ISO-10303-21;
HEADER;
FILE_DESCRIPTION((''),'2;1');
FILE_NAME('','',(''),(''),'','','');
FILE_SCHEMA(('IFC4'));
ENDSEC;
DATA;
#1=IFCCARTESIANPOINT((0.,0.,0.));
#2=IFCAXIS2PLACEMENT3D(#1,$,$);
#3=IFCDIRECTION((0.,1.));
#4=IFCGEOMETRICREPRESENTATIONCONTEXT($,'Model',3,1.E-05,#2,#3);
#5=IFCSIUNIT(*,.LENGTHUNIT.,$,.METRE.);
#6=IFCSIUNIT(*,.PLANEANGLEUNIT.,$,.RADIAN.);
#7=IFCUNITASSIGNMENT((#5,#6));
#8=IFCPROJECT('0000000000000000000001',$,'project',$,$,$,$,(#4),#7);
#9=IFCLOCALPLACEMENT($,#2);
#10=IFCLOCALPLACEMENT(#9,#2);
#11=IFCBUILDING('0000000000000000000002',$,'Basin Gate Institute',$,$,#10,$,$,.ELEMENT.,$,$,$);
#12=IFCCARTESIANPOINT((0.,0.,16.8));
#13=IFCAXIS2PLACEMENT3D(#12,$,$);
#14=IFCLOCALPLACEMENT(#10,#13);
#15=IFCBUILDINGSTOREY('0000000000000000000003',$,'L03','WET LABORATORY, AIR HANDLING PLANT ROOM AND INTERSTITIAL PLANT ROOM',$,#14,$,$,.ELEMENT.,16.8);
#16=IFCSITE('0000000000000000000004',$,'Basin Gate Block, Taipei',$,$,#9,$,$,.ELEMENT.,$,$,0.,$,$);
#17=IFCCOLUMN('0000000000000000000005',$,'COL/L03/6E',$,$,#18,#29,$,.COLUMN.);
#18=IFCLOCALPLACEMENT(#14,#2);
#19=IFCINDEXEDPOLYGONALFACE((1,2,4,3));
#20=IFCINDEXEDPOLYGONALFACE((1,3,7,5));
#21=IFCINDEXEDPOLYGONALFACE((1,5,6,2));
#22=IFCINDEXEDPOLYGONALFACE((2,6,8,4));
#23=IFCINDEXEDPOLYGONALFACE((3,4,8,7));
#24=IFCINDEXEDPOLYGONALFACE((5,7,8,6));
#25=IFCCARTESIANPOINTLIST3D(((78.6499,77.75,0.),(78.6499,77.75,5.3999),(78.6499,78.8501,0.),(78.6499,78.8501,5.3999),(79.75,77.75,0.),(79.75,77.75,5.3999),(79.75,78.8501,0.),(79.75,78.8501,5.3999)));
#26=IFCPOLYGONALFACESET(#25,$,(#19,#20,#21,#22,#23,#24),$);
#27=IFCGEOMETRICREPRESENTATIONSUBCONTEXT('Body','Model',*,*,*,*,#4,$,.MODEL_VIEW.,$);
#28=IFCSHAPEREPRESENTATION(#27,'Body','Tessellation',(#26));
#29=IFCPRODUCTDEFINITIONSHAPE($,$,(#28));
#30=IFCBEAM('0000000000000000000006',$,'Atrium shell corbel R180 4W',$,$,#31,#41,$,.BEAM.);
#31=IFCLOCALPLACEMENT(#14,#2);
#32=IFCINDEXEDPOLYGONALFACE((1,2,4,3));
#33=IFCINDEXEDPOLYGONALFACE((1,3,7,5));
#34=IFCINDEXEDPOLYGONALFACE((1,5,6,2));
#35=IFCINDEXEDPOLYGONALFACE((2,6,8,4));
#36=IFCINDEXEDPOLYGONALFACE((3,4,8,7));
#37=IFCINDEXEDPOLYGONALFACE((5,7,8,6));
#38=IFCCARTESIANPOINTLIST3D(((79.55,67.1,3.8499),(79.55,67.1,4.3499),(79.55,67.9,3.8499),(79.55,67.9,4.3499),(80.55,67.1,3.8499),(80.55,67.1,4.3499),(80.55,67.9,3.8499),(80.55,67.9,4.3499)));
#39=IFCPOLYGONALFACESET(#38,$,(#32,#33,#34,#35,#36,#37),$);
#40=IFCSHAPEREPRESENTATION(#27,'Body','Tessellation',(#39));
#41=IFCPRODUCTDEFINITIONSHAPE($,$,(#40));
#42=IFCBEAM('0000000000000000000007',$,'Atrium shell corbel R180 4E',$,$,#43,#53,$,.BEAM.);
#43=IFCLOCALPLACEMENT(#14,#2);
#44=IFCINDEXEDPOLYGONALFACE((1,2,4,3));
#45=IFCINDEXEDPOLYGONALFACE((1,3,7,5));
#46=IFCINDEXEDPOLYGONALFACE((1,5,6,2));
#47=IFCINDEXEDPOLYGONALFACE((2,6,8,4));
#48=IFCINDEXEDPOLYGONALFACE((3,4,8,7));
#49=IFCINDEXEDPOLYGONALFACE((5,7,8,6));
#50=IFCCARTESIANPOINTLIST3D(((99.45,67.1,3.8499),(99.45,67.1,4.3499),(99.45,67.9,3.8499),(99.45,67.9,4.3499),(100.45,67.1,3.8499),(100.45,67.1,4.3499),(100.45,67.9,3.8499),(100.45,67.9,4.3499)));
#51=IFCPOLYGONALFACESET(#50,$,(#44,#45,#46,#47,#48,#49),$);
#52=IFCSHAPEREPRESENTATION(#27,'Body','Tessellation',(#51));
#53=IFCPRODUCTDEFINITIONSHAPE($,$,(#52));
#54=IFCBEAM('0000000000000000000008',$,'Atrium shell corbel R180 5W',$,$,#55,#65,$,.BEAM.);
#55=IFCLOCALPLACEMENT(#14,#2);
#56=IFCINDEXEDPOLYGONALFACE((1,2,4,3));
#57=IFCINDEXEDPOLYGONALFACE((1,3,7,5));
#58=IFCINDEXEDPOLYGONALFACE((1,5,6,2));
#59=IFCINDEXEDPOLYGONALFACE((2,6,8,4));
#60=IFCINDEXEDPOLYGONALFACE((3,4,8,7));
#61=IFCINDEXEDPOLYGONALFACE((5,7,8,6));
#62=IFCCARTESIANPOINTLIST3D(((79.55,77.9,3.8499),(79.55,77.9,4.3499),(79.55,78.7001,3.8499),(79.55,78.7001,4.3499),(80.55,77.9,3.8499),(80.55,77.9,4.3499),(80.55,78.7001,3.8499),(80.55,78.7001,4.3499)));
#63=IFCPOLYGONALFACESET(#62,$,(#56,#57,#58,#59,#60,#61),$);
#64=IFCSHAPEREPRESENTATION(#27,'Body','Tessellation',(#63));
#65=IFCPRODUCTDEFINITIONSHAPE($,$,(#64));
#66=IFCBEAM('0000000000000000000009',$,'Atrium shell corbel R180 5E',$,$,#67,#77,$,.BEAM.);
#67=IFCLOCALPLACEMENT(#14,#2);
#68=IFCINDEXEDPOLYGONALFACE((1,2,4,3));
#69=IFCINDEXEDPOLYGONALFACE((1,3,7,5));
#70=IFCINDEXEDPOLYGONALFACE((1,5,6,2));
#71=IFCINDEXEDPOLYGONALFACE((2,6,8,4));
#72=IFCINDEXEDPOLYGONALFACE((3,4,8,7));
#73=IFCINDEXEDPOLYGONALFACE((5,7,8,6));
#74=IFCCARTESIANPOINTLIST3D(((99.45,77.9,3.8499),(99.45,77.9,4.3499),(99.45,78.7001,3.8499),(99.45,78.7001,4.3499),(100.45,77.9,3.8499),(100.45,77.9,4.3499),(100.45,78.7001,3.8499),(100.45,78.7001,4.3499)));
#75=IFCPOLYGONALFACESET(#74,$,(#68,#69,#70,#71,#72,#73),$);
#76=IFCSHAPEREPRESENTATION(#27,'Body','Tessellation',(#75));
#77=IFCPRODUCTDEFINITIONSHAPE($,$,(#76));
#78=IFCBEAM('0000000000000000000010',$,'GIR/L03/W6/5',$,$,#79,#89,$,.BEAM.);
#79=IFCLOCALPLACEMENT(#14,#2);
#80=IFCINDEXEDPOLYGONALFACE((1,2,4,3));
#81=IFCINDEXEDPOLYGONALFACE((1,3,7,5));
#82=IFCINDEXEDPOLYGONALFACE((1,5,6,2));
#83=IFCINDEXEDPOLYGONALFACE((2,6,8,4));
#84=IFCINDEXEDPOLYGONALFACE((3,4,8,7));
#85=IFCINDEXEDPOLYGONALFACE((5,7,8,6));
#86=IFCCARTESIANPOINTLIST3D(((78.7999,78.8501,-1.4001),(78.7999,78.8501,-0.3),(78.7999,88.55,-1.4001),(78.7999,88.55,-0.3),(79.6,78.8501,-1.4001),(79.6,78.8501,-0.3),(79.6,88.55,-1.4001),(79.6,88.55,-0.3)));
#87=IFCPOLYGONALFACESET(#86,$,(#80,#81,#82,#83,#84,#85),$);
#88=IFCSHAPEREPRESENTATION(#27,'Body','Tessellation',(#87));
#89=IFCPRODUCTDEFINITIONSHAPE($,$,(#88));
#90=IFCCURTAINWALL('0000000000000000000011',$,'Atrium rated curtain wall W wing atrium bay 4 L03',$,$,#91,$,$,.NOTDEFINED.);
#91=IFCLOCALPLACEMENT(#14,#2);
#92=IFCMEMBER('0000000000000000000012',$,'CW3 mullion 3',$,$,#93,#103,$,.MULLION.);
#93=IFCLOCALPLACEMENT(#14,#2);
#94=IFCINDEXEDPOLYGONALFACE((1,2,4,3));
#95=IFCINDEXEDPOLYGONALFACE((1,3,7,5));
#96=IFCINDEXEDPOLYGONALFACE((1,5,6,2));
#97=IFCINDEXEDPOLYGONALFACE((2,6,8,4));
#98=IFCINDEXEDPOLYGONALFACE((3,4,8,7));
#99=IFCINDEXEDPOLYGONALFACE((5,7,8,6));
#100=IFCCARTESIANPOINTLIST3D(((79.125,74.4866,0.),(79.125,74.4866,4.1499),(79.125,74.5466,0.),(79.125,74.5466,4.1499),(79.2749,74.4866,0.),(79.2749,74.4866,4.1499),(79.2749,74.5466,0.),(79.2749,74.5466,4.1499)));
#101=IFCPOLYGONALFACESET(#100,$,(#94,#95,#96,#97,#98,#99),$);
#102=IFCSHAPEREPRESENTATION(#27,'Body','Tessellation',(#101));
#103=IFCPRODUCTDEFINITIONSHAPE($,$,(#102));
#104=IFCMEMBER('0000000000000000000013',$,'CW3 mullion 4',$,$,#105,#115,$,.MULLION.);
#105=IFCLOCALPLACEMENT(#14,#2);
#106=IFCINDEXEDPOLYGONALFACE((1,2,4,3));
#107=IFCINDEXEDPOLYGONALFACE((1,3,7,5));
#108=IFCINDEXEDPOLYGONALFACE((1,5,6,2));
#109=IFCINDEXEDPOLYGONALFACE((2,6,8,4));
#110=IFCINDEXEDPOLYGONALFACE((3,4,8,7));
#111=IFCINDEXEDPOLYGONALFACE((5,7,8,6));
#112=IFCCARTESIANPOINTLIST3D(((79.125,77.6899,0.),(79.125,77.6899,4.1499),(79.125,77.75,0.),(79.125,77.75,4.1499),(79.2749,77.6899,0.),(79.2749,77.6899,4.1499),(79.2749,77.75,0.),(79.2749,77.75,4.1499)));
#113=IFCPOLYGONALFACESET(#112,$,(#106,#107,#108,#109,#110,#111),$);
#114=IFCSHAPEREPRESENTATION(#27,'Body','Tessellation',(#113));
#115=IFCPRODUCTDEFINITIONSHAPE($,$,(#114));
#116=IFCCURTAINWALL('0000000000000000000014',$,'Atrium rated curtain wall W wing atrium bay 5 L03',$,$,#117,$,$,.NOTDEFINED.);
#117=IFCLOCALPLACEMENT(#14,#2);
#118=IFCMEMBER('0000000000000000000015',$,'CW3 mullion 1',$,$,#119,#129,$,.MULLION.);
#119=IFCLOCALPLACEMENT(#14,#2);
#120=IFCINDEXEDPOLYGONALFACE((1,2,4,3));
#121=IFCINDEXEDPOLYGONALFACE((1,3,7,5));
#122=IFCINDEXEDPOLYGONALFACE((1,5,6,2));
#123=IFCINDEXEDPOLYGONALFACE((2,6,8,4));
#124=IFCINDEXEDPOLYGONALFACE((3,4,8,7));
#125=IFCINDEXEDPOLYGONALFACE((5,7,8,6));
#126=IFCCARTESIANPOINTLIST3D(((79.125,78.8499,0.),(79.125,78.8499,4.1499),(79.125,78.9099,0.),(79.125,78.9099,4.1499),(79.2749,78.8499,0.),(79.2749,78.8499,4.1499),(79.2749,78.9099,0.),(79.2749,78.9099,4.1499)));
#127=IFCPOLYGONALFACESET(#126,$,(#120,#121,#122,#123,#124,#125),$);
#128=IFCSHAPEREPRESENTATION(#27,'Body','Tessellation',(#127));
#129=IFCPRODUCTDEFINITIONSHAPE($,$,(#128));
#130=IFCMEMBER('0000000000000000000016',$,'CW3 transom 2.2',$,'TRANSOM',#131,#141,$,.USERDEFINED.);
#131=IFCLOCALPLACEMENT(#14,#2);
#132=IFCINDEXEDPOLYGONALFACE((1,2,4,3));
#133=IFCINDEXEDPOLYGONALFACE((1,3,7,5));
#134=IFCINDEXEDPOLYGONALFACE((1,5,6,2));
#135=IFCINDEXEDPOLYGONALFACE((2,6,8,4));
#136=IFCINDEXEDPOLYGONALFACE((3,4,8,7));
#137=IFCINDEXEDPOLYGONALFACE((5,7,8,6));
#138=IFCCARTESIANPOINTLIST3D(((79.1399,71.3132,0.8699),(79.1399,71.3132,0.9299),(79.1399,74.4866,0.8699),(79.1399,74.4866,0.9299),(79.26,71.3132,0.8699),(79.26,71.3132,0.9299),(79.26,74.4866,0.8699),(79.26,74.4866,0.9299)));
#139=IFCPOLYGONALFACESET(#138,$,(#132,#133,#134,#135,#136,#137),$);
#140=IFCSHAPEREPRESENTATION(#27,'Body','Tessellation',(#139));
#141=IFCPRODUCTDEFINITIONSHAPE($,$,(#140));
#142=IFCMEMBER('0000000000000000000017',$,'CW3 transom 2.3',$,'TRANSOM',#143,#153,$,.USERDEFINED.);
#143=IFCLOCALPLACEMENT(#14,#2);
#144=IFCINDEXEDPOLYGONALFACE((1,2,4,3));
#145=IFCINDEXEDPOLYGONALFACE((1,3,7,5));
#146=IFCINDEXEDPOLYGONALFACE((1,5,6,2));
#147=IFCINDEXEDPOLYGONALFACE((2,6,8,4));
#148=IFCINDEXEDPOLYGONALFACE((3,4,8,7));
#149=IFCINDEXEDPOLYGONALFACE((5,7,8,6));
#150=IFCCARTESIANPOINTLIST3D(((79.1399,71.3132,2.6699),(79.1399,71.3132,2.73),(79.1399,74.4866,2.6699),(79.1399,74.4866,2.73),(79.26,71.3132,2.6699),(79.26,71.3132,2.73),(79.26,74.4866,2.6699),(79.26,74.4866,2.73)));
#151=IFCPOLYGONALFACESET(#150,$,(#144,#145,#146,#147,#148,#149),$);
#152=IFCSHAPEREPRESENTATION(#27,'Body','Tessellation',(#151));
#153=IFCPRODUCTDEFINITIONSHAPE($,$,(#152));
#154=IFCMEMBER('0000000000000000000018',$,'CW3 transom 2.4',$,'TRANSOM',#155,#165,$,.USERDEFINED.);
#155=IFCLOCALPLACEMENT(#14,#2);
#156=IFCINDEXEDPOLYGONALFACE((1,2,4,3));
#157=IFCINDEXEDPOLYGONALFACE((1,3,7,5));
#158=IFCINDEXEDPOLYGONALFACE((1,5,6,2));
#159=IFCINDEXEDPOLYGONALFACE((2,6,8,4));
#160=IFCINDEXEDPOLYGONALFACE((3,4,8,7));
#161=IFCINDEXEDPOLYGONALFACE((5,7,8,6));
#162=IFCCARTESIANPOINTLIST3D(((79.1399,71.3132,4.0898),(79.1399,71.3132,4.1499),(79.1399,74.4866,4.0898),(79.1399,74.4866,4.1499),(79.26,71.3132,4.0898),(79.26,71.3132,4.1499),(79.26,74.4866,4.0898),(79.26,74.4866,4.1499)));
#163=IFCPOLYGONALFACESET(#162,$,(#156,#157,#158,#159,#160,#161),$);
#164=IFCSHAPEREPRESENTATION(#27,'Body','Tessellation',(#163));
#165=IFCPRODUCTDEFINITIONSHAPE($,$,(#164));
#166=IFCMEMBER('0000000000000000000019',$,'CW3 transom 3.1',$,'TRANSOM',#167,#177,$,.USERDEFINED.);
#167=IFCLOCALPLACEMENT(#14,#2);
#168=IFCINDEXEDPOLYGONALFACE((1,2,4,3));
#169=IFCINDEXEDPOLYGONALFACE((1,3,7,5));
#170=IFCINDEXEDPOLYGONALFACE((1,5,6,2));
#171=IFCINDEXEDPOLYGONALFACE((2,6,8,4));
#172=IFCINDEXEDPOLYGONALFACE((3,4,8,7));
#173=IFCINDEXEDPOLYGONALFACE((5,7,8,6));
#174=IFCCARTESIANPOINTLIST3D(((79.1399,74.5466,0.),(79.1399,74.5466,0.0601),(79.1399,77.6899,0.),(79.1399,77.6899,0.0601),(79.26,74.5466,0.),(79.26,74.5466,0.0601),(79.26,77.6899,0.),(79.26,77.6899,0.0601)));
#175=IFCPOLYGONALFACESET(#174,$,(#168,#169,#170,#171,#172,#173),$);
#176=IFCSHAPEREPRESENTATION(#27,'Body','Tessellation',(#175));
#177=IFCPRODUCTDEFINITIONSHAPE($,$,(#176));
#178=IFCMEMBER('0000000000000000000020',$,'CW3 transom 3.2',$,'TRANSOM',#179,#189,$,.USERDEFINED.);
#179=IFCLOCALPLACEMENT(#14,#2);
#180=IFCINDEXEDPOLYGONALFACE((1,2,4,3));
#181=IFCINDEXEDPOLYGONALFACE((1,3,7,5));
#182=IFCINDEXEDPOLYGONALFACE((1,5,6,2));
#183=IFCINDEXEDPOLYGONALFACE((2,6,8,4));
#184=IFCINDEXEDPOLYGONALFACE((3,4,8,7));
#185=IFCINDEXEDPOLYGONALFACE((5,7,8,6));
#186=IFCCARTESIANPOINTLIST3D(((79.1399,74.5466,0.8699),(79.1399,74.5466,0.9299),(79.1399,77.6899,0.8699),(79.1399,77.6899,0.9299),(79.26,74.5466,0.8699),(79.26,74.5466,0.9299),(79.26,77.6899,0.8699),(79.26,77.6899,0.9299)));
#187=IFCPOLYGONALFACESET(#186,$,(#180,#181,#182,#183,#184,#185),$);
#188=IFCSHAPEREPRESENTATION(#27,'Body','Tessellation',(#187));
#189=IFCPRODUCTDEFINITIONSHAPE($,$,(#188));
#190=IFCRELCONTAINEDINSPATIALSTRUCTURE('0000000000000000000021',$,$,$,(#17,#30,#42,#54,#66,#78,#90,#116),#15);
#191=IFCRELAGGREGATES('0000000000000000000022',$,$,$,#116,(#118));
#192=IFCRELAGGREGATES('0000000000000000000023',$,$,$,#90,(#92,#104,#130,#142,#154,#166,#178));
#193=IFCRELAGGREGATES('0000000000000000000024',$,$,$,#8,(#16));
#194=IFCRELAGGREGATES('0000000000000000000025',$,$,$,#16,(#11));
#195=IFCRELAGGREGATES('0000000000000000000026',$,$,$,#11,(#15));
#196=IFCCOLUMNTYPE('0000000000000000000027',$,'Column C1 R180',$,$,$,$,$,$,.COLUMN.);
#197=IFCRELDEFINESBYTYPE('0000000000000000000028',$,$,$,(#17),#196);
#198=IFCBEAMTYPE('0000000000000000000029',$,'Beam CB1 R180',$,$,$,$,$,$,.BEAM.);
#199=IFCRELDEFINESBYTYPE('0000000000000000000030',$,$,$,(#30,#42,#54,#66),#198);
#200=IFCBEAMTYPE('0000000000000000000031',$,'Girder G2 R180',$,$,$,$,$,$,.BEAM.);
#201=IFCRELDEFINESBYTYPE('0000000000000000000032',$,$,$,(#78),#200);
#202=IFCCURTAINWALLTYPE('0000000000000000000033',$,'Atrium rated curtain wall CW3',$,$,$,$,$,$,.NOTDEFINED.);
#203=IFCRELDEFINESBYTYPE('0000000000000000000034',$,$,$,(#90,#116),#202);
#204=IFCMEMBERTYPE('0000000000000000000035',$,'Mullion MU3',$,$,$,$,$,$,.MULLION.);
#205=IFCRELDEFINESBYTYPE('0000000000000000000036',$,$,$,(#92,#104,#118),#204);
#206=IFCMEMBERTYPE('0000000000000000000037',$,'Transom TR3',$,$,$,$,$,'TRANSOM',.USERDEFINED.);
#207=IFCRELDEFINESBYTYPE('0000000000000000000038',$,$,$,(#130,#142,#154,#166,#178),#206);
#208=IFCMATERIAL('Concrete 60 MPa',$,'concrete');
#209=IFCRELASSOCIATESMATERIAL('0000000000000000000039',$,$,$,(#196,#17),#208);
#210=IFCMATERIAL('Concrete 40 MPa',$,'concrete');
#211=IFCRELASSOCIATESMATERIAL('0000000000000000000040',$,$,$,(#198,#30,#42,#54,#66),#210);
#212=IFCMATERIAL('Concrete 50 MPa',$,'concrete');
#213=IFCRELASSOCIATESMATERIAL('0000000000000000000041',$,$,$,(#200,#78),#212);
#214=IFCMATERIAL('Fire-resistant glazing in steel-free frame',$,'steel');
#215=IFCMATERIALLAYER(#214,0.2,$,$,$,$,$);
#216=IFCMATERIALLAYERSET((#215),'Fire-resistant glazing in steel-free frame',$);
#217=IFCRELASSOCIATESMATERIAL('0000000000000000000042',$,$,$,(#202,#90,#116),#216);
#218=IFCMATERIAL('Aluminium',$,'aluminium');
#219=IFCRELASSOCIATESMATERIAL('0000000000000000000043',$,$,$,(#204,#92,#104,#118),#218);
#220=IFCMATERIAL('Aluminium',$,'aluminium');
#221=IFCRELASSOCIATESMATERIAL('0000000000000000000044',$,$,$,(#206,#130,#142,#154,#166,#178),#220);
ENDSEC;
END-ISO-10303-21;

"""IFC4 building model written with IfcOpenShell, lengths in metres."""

from ifc_helpers import new_model, si_unit, direction, frame, origin, origin_2d, place, context, subcontext, project, spatial, rectangle, extrude, material, layer, layer_set, material_profile, profile_set, type_object, element, aggregate, save


model = new_model("IFC4")

# Units and contexts
model_context = context("Model", 3, precision=1e-05, world=origin(), true_north=direction((0.0, 1.0)))
body_context = subcontext(model_context, "Body", "Model", "MODEL_VIEW")
ifc_project = project(units=[si_unit("LENGTHUNIT", "METRE"), si_unit("PLANEANGLEUNIT", "RADIAN")], contexts=[model_context])

# Site, building, storey
site_placement = place(None, origin())
site = spatial("IfcSite", under=ifc_project, at=site_placement, Name="Basin Gate Block, Taipei", CompositionType="ELEMENT", RefElevation=0.0)
building_placement = place(site_placement, origin())
building = spatial("IfcBuilding", under=site, at=building_placement, Name="Basin Gate Institute", CompositionType="ELEMENT")
storey_placement = place(building_placement, frame((0.0, 0.0, 16.8)))
storey = spatial("IfcBuildingStorey", under=building, at=storey_placement, Name="L03", Description="WET LABORATORY, AIR HANDLING PLANT ROOM AND INTERSTITIAL PLANT ROOM", CompositionType="ELEMENT", Elevation=16.8)

# Column
ifc_material_1 = material(Name="Concrete 60 MPa", Category="concrete")
ifc_material_profile_1 = material_profile(ifc_material_1, rectangle(XDim=1.1001, YDim=1.1001, at=origin_2d()), Name="Column C1 1100 x 1100")
ifc_profile_set_1 = profile_set([ifc_material_profile_1], Name="Concrete 60 MPa")
column_type = type_object("IfcColumnType", Name="Column C1 R180", PredefinedType="COLUMN", material=ifc_profile_set_1)
column_placement = place(storey_placement, frame((79.2, 78.3, 0.0), z_axis=(0.0, 0.0, 1.0), x_axis=(1.0, 0.0, 0.0)))
element("IfcColumn", 1, at=column_placement, inside=storey, type_object=column_type, material=ifc_profile_set_1, Name="COL/L03/6E", PredefinedType="COLUMN", context=body_context, shape_type="SweptSolid", body=[
    extrude(rectangle(XDim=1.1001, YDim=1.1001, at=origin_2d()), origin(), (0.0, 0.0, 1.0), 5.3999),
])

# Beams
ifc_material_2 = material(Name="Concrete 40 MPa", Category="concrete")
ifc_material_profile_2 = material_profile(ifc_material_2, rectangle(XDim=0.8, YDim=0.5, at=origin_2d()), Name="Beam CB1 800 x 500")
ifc_profile_set_2 = profile_set([ifc_material_profile_2], Name="Concrete 40 MPa")
beam_type_1 = type_object("IfcBeamType", Name="Beam CB1 R180", PredefinedType="BEAM", material=ifc_profile_set_2)
for number, where, z_axis, x_axis, name in (
    (2, (79.55, 67.5, 4.0999), (1.0, 0.0, 0.0), (0.0, 1.0, 0.0), "Atrium shell corbel R180 4W"),
    (3, (100.45, 67.5, 4.0999), (-1.0, 0.0, 0.0), (0.0, -1.0, 0.0), "Atrium shell corbel R180 4E"),
    (4, (79.55, 78.3, 4.0999), (1.0, 0.0, 0.0), (0.0, 1.0, 0.0), "Atrium shell corbel R180 5W"),
    (5, (100.45, 78.3, 4.0999), (-1.0, 0.0, 0.0), (0.0, -1.0, 0.0), "Atrium shell corbel R180 5E"),
):
    element("IfcBeam", number, at=place(storey_placement, frame(where, z_axis=z_axis, x_axis=x_axis)), inside=storey, type_object=beam_type_1, material=ifc_profile_set_2, Name=name, PredefinedType="BEAM", context=body_context, shape_type="SweptSolid", body=[
        extrude(rectangle(XDim=0.8, YDim=0.5, at=origin_2d()), origin(), (0.0, 0.0, 1.0), 1.0),
    ])
ifc_material_3 = material(Name="Concrete 50 MPa", Category="concrete")
ifc_material_profile_3 = material_profile(ifc_material_3, rectangle(XDim=0.8, YDim=1.1001, at=origin_2d()), Name="Girder G2 800 x 1100")
ifc_profile_set_3 = profile_set([ifc_material_profile_3], Name="Concrete 50 MPa")
beam_type_2 = type_object("IfcBeamType", Name="Girder G2 R180", PredefinedType="BEAM", material=ifc_profile_set_3)
beam_placement = place(storey_placement, frame((79.2, 78.8501, -0.8501), z_axis=(0.0, 1.0, 0.0), x_axis=(-1.0, 0.0, 0.0)))
element("IfcBeam", 6, at=beam_placement, inside=storey, type_object=beam_type_2, material=ifc_profile_set_3, Name="GIR/L03/W6/5", PredefinedType="BEAM", context=body_context, shape_type="SweptSolid", body=[
    extrude(rectangle(XDim=0.8, YDim=1.1001, at=origin_2d()), origin(), (0.0, 0.0, 1.0), 9.7),
])

# Curtain wall, members
ifc_material_4 = material(Name="Fire-resistant glazing in steel-free frame", Category="steel")
ifc_layer_1 = layer(ifc_material_4, 0.2)
ifc_layer_set_1 = layer_set([ifc_layer_1], Name="Fire-resistant glazing in steel-free frame")
curtain_wall_type = type_object("IfcCurtainWallType", Name="Atrium rated curtain wall CW3", PredefinedType="NOTDEFINED", material=ifc_layer_set_1)
curtain_wall_1_placement = place(storey_placement, origin())
curtain_wall_1 = element("IfcCurtainWall", 7, at=curtain_wall_1_placement, inside=storey, type_object=curtain_wall_type, material=ifc_layer_set_1, Name="Atrium rated curtain wall W wing atrium bay 4 L03", PredefinedType="NOTDEFINED")
ifc_material_5 = material(Name="Aluminium", Category="aluminium")
ifc_material_profile_4 = material_profile(ifc_material_5, rectangle(XDim=0.1499, YDim=0.0601, at=origin_2d()), Name="Mullion MU3 150 x 60")
ifc_profile_set_4 = profile_set([ifc_material_profile_4], Name="Aluminium")
member_type_1 = type_object("IfcMemberType", Name="Mullion MU3", PredefinedType="MULLION", material=ifc_profile_set_4)
member_1_placement = place(storey_placement, frame((79.2, 74.5166, 0.0), z_axis=(0.0, 0.0, 1.0), x_axis=(-1.0, 0.0, 0.0)))
member_1 = element("IfcMember", 8, at=member_1_placement, type_object=member_type_1, material=ifc_profile_set_4, Name="CW3 mullion 3", PredefinedType="MULLION", context=body_context, shape_type="SweptSolid", body=[
    extrude(rectangle(XDim=0.1499, YDim=0.0601, at=origin_2d()), origin(), (0.0, 0.0, 1.0), 4.1499),
])
member_2_placement = place(storey_placement, frame((79.2, 77.72, 0.0), z_axis=(0.0, 0.0, 1.0), x_axis=(-1.0, 0.0, 0.0)))
member_2 = element("IfcMember", 9, at=member_2_placement, type_object=member_type_1, material=ifc_profile_set_4, Name="CW3 mullion 4", PredefinedType="MULLION", context=body_context, shape_type="SweptSolid", body=[
    extrude(rectangle(XDim=0.1499, YDim=0.0601, at=origin_2d()), origin(), (0.0, 0.0, 1.0), 4.1499),
])

# Curtain wall, member
curtain_wall_2_placement = place(storey_placement, origin())
curtain_wall_2 = element("IfcCurtainWall", 10, at=curtain_wall_2_placement, inside=storey, type_object=curtain_wall_type, material=ifc_layer_set_1, Name="Atrium rated curtain wall W wing atrium bay 5 L03", PredefinedType="NOTDEFINED")
member_3_placement = place(storey_placement, frame((79.2, 78.8799, 0.0), z_axis=(0.0, 0.0, 1.0), x_axis=(-1.0, 0.0, 0.0)))
member_3 = element("IfcMember", 11, at=member_3_placement, type_object=member_type_1, material=ifc_profile_set_4, Name="CW3 mullion 1", PredefinedType="MULLION", context=body_context, shape_type="SweptSolid", body=[
    extrude(rectangle(XDim=0.1499, YDim=0.0601, at=origin_2d()), origin(), (0.0, 0.0, 1.0), 4.1499),
])

# Members
ifc_material_6 = material(Name="Aluminium", Category="aluminium")
ifc_material_profile_5 = material_profile(ifc_material_6, rectangle(XDim=0.1201, YDim=0.0601, at=origin_2d()), Name="Transom TR3 120 x 60")
ifc_profile_set_5 = profile_set([ifc_material_profile_5], Name="Aluminium")
member_type_2 = type_object("IfcMemberType", Name="Transom TR3", ElementType="TRANSOM", PredefinedType="USERDEFINED", material=ifc_profile_set_5)
member_4_placement = place(storey_placement, frame((79.2, 71.3132, 0.8999), z_axis=(0.0, 1.0, 0.0), x_axis=(-1.0, 0.0, 0.0)))
member_4 = element("IfcMember", 12, at=member_4_placement, type_object=member_type_2, material=ifc_profile_set_5, Name="CW3 transom 2.2", ObjectType="TRANSOM", PredefinedType="USERDEFINED", context=body_context, shape_type="SweptSolid", body=[
    extrude(rectangle(XDim=0.1201, YDim=0.0601, at=origin_2d()), origin(), (0.0, 0.0, 1.0), 3.1733),
])
member_5_placement = place(storey_placement, frame((79.2, 71.3132, 2.7), z_axis=(0.0, 1.0, 0.0), x_axis=(-1.0, 0.0, 0.0)))
member_5 = element("IfcMember", 13, at=member_5_placement, type_object=member_type_2, material=ifc_profile_set_5, Name="CW3 transom 2.3", ObjectType="TRANSOM", PredefinedType="USERDEFINED", context=body_context, shape_type="SweptSolid", body=[
    extrude(rectangle(XDim=0.1201, YDim=0.0601, at=origin_2d()), origin(), (0.0, 0.0, 1.0), 3.1733),
])
member_6_placement = place(storey_placement, frame((79.2, 71.3132, 4.1199), z_axis=(0.0, 1.0, 0.0), x_axis=(-1.0, 0.0, 0.0)))
member_6 = element("IfcMember", 14, at=member_6_placement, type_object=member_type_2, material=ifc_profile_set_5, Name="CW3 transom 2.4", ObjectType="TRANSOM", PredefinedType="USERDEFINED", context=body_context, shape_type="SweptSolid", body=[
    extrude(rectangle(XDim=0.1201, YDim=0.0601, at=origin_2d()), origin(), (0.0, 0.0, 1.0), 3.1733),
])
member_7_placement = place(storey_placement, frame((79.2, 74.5466, 0.03), z_axis=(0.0, 1.0, 0.0), x_axis=(-1.0, 0.0, 0.0)))
member_7 = element("IfcMember", 15, at=member_7_placement, type_object=member_type_2, material=ifc_profile_set_5, Name="CW3 transom 3.1", ObjectType="TRANSOM", PredefinedType="USERDEFINED", context=body_context, shape_type="SweptSolid", body=[
    extrude(rectangle(XDim=0.1201, YDim=0.0601, at=origin_2d()), origin(), (0.0, 0.0, 1.0), 3.1433),
])
member_8_placement = place(storey_placement, frame((79.2, 74.5466, 0.8999), z_axis=(0.0, 1.0, 0.0), x_axis=(-1.0, 0.0, 0.0)))
member_8 = element("IfcMember", 16, at=member_8_placement, type_object=member_type_2, material=ifc_profile_set_5, Name="CW3 transom 3.2", ObjectType="TRANSOM", PredefinedType="USERDEFINED", context=body_context, shape_type="SweptSolid", body=[
    extrude(rectangle(XDim=0.1201, YDim=0.0601, at=origin_2d()), origin(), (0.0, 0.0, 1.0), 3.1433),
])
aggregate(curtain_wall_2, [member_3])

aggregate(curtain_wall_1, [member_1, member_2, member_4, member_5, member_6, member_7, member_8])

save(model, "model.ifc")
